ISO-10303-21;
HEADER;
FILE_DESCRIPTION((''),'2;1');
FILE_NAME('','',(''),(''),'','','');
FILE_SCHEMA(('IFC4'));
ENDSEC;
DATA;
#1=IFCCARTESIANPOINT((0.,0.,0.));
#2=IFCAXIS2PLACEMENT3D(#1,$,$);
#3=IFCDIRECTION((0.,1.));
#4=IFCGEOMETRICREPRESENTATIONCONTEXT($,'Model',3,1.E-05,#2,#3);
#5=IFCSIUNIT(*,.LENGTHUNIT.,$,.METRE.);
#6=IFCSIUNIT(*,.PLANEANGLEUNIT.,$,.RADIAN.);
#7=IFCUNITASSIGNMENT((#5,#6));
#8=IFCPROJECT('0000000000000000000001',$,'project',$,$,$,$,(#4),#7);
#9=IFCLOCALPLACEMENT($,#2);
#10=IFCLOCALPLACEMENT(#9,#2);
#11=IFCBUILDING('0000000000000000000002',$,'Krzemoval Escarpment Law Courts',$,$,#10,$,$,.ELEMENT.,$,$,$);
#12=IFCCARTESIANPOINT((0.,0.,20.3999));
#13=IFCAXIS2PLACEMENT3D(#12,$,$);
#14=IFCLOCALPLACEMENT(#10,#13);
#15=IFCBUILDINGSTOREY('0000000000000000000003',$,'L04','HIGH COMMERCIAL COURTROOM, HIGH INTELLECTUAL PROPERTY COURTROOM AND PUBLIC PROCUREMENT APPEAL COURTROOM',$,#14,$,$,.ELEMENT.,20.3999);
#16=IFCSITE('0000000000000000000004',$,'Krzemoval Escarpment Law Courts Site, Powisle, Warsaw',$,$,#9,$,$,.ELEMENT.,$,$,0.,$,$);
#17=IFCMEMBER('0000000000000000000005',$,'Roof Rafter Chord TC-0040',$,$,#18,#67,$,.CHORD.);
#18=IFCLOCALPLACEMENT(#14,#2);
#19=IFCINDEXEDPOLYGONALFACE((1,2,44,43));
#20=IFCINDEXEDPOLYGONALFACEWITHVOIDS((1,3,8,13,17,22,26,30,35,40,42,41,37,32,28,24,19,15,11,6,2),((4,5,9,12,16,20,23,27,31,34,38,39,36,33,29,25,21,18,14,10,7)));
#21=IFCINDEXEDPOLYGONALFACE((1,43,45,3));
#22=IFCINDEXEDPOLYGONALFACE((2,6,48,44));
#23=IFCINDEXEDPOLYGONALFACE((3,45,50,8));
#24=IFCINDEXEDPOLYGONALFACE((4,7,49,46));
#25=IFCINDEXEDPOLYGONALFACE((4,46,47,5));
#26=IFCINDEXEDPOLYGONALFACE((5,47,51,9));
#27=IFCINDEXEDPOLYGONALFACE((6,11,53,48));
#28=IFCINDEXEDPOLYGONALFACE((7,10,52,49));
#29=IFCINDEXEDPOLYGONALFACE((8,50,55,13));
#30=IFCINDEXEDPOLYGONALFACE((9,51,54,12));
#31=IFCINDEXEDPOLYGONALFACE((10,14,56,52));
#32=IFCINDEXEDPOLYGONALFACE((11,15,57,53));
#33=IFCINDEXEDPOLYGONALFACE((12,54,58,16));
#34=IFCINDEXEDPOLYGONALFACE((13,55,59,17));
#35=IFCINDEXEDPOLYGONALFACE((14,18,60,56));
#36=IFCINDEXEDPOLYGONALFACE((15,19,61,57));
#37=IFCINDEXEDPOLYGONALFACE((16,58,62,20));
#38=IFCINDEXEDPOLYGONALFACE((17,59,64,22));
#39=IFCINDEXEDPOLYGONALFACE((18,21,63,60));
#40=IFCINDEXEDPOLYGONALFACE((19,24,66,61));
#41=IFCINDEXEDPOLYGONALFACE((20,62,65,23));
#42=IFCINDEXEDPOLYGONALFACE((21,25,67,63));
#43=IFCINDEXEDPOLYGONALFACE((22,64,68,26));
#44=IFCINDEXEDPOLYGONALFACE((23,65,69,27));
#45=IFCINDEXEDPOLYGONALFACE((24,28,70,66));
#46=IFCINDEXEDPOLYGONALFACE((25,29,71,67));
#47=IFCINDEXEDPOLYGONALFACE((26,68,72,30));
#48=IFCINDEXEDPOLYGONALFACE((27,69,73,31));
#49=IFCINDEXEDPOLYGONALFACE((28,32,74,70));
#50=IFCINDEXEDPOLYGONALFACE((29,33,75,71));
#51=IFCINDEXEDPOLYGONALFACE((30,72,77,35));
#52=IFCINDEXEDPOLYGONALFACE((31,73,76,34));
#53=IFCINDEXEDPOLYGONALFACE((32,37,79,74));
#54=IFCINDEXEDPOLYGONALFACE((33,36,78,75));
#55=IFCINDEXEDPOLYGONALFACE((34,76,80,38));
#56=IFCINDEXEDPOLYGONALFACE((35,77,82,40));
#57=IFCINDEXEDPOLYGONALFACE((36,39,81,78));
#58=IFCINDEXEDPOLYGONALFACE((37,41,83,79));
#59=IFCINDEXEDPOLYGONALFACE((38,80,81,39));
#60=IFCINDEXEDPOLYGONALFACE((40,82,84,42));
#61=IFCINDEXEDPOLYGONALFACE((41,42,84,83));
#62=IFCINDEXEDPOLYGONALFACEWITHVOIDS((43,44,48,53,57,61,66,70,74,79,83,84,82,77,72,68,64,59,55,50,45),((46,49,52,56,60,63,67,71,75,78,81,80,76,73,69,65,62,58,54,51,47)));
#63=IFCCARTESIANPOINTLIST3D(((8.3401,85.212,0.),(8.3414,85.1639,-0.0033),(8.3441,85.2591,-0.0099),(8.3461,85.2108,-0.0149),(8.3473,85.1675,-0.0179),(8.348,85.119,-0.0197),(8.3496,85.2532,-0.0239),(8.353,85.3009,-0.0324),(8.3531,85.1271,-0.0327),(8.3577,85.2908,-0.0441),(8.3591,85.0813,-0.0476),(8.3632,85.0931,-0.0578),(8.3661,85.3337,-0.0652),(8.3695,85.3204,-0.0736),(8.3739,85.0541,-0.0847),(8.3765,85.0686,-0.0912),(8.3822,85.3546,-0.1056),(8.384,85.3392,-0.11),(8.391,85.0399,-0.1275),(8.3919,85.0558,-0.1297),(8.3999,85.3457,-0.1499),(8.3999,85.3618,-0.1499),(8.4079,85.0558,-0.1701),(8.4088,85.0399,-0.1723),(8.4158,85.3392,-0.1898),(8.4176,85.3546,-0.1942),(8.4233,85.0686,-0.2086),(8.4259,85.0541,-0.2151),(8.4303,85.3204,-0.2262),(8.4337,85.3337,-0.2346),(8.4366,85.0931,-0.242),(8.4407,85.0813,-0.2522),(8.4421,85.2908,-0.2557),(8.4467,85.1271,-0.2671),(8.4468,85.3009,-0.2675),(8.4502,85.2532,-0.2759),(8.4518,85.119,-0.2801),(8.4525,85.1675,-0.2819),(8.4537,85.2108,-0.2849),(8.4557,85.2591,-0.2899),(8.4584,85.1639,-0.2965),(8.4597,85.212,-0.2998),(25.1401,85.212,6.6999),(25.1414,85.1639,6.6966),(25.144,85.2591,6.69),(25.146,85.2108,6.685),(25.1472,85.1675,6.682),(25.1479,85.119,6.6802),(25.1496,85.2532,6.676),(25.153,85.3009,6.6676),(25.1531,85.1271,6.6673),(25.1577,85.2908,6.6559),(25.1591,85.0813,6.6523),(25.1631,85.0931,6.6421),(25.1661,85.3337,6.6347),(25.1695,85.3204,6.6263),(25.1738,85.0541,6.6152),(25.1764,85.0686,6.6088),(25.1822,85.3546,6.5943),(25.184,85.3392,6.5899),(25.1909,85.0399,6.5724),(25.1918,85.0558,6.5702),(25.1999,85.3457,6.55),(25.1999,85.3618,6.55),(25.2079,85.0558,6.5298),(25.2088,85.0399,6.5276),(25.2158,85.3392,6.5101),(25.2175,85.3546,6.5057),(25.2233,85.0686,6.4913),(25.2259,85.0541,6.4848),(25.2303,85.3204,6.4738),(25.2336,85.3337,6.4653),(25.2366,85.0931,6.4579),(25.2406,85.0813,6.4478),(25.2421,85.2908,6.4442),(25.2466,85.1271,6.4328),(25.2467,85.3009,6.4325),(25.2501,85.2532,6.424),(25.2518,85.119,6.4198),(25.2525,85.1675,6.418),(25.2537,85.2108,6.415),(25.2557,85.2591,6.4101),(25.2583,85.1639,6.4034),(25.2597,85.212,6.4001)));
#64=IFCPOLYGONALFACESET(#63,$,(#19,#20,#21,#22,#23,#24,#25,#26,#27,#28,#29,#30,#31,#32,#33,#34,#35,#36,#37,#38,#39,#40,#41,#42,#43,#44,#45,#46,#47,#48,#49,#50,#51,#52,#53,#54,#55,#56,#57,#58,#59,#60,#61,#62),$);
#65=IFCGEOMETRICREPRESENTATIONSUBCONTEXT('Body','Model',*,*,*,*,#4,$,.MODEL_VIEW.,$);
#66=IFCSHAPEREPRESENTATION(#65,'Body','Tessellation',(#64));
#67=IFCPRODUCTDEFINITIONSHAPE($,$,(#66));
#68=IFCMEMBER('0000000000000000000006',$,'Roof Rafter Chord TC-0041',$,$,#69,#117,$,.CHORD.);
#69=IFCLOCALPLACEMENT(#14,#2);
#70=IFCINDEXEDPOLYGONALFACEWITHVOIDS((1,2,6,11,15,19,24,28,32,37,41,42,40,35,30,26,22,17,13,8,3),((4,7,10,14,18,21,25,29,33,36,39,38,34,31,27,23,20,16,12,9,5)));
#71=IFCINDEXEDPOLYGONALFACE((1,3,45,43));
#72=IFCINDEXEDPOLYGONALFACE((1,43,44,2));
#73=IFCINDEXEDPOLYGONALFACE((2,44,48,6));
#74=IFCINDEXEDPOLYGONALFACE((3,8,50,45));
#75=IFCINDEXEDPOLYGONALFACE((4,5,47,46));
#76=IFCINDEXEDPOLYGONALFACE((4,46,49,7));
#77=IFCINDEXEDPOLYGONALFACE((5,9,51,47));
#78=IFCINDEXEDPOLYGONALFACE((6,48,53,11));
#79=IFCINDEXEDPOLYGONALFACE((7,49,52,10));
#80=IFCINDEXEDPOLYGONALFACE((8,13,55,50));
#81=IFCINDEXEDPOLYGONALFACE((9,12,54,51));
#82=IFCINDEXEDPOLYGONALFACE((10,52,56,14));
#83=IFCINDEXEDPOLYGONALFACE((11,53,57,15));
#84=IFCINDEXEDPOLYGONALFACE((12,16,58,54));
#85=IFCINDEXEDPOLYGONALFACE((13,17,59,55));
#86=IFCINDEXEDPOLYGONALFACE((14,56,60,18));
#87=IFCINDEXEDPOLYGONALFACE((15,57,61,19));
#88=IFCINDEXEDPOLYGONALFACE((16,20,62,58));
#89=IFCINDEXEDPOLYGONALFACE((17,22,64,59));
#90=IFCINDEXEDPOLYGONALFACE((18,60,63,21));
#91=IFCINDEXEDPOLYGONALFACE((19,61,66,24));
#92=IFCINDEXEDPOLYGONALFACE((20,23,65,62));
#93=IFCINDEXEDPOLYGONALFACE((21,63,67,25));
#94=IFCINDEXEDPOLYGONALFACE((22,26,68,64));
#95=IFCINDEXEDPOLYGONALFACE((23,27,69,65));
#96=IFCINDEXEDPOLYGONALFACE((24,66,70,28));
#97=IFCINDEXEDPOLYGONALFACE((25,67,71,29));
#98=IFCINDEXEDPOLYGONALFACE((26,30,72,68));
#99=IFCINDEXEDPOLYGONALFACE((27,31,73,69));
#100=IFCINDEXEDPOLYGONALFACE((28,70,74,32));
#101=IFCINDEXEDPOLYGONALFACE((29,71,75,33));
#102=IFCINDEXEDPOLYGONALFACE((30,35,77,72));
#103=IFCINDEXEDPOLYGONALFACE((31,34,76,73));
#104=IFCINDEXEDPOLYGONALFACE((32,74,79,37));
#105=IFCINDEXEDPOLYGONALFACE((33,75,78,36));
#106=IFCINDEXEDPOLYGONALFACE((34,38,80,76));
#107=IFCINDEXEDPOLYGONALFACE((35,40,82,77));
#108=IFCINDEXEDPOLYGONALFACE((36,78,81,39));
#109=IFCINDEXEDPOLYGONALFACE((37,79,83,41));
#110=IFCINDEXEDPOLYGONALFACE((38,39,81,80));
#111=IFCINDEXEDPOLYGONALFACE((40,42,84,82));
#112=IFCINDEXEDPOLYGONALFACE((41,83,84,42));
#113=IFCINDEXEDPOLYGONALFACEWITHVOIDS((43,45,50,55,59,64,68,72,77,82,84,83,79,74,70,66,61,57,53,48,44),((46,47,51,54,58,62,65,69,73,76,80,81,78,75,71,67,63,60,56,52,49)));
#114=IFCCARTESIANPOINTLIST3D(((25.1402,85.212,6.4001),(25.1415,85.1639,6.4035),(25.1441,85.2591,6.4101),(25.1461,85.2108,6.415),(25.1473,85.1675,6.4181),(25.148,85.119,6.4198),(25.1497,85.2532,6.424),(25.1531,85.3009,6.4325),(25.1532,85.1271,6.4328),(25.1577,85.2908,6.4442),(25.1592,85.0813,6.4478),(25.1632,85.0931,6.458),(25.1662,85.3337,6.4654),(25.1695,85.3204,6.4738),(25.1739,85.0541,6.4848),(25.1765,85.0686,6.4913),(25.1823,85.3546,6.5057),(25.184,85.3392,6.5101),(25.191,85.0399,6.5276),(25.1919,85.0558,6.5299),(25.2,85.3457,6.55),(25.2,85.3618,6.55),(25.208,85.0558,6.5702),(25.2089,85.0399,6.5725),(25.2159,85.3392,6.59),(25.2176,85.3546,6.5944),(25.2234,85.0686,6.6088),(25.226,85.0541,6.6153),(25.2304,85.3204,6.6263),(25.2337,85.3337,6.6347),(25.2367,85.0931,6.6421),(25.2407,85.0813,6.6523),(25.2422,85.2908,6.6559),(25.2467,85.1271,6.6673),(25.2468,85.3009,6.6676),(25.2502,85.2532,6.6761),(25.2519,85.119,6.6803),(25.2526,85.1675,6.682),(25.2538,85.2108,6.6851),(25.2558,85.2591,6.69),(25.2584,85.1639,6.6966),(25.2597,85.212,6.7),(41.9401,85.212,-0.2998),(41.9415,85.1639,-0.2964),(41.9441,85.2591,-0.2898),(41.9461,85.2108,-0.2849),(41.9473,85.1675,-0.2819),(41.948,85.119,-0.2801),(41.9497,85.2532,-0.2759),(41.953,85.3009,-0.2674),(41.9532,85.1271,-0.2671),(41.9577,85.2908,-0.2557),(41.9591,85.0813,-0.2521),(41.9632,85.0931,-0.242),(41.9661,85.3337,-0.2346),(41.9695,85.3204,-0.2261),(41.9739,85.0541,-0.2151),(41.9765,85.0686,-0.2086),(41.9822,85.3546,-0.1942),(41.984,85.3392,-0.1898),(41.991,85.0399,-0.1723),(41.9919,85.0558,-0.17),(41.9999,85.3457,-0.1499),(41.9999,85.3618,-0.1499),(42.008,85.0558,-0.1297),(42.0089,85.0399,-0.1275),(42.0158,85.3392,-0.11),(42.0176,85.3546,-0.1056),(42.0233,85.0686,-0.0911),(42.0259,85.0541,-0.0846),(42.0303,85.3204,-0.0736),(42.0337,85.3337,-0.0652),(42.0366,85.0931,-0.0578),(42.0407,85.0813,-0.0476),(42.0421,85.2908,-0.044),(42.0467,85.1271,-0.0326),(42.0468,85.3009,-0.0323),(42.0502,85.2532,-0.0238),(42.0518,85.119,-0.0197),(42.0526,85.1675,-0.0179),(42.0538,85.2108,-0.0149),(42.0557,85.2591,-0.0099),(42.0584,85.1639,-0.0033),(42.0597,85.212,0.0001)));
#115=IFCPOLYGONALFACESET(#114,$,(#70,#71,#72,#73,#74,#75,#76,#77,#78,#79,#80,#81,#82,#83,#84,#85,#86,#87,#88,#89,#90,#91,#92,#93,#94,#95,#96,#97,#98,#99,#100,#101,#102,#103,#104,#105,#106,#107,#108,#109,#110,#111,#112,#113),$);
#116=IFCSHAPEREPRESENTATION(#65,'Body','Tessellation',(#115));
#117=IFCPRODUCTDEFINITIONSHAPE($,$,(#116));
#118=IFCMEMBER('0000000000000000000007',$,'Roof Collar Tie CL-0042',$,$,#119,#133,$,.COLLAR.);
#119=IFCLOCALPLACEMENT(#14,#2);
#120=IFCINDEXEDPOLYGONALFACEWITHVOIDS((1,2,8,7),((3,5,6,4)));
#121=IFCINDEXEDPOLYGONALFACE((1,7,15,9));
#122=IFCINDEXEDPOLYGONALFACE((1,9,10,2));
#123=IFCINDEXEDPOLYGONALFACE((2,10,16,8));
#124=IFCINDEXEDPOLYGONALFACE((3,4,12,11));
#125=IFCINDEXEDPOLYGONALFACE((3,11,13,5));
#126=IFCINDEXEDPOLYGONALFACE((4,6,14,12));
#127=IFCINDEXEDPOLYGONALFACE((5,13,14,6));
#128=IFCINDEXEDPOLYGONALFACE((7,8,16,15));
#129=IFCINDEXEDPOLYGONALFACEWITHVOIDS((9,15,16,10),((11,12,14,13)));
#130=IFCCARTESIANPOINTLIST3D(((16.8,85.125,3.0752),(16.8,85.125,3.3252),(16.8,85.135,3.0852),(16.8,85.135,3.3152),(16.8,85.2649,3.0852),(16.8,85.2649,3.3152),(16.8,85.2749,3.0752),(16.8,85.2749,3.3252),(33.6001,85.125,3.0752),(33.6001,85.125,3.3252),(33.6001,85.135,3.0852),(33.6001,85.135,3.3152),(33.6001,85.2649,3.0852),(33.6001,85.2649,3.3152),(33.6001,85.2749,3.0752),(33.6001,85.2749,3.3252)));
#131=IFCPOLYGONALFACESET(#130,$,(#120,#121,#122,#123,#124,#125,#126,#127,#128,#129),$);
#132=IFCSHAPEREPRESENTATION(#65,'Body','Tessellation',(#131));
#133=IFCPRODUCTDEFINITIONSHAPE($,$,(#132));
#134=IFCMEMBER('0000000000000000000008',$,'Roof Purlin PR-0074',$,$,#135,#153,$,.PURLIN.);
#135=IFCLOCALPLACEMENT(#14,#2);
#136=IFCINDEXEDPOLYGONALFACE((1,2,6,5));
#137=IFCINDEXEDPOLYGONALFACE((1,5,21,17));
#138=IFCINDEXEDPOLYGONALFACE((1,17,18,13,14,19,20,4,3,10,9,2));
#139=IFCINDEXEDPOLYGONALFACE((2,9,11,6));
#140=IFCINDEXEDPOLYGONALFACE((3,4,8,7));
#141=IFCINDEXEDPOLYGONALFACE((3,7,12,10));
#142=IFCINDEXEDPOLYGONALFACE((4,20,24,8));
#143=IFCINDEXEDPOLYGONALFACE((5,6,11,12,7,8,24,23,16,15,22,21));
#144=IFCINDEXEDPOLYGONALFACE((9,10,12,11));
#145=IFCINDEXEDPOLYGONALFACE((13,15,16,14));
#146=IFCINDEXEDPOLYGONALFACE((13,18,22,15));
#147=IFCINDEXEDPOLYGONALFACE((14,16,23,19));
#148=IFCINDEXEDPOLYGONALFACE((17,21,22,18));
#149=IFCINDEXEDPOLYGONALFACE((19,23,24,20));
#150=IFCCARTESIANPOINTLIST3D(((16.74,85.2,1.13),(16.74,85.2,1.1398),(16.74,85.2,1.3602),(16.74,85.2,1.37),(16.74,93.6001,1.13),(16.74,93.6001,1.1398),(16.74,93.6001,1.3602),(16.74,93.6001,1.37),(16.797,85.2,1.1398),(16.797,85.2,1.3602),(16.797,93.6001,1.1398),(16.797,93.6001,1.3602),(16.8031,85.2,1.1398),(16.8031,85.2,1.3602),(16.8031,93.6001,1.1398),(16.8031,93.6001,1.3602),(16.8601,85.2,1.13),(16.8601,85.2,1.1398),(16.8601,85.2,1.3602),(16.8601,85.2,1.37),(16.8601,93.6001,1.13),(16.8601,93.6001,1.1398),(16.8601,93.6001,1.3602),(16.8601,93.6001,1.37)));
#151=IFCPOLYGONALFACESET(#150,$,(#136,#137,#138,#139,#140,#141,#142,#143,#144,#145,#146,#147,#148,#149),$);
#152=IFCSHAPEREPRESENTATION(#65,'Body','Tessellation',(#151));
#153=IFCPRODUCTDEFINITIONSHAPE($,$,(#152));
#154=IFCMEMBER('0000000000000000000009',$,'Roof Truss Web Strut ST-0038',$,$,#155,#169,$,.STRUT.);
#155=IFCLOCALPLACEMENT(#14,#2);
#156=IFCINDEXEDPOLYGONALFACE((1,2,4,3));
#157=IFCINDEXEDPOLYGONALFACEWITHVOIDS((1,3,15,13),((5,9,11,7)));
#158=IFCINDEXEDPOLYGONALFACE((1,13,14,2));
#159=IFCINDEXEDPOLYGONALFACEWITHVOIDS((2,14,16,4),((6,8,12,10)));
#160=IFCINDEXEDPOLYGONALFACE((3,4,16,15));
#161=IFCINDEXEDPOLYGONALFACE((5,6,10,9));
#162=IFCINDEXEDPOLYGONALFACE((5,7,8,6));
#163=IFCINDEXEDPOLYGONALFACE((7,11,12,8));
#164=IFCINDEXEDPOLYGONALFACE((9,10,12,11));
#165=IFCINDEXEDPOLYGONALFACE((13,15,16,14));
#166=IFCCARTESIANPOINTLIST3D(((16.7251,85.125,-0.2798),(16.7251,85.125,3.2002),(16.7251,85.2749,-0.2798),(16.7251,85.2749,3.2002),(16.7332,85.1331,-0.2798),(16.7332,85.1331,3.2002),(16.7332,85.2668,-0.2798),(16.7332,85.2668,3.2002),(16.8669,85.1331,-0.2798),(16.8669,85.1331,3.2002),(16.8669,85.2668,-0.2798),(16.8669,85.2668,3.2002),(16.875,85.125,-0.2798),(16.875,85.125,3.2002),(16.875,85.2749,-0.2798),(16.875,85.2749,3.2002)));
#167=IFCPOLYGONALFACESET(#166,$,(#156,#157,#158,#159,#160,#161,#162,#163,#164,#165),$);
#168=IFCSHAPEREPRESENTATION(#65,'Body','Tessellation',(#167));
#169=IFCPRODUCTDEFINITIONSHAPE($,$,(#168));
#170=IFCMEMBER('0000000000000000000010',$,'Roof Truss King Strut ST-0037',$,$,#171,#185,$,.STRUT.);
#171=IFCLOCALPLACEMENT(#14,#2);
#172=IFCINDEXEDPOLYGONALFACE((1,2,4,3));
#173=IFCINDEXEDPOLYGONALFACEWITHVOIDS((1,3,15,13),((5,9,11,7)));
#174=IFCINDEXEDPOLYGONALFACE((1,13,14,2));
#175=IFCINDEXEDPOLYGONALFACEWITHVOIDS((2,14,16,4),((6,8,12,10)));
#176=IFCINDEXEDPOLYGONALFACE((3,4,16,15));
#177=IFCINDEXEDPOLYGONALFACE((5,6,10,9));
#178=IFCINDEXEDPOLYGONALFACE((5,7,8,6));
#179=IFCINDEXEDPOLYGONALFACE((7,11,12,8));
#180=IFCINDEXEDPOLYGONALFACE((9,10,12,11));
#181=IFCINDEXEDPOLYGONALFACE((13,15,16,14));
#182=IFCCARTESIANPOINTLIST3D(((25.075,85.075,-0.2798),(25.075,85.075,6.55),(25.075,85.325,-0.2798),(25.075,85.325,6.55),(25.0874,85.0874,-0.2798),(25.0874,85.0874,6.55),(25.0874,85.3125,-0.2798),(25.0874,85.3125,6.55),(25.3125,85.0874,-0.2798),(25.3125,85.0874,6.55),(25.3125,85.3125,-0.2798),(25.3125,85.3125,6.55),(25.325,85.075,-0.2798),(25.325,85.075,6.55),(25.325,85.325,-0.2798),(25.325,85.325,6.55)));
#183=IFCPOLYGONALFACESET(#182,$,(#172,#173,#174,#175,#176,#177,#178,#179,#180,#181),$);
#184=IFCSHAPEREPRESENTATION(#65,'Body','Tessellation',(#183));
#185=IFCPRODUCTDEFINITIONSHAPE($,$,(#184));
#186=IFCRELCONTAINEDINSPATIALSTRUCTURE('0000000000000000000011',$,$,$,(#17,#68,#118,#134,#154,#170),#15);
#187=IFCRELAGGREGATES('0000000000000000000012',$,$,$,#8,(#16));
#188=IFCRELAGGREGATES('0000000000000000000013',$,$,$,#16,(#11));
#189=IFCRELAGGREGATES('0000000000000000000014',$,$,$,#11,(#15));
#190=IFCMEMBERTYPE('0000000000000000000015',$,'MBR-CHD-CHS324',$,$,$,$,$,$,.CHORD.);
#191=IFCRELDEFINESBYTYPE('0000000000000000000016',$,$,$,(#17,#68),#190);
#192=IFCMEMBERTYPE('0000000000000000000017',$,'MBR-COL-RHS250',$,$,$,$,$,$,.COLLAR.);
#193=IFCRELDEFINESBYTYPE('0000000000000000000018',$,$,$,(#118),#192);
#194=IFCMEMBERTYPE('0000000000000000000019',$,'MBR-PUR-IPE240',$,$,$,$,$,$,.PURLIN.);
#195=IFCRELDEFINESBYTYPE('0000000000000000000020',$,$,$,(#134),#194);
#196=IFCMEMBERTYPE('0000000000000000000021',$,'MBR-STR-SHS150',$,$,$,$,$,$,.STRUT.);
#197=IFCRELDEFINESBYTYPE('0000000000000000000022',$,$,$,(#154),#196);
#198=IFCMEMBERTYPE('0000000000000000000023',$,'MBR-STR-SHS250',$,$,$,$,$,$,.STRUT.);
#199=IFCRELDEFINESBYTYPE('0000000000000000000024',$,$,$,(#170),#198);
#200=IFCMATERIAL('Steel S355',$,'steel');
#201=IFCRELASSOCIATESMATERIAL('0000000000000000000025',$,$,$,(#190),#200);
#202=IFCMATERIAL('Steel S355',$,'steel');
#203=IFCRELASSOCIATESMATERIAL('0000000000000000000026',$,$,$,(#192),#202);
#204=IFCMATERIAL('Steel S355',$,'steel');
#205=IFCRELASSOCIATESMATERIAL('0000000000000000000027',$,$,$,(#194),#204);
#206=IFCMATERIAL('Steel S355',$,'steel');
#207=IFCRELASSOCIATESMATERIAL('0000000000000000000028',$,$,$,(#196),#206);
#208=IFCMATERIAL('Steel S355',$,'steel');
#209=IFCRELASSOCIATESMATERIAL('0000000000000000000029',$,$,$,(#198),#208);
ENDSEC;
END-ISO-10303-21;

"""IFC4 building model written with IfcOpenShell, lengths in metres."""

from ifc_helpers import new_model, si_unit, direction, frame, origin, origin_2d, place, context, subcontext, project, spatial, hollow_rectangle, hollow_circle, i_section, extrude, material, material_profile, profile_set, type_object, element, save


model = new_model("IFC4")

# Units and contexts
model_context = context("Model", 3, precision=1e-05, world=origin(), true_north=direction((0.0, 1.0)))
body_context = subcontext(model_context, "Body", "Model", "MODEL_VIEW")
ifc_project = project(units=[si_unit("LENGTHUNIT", "METRE"), si_unit("PLANEANGLEUNIT", "RADIAN")], contexts=[model_context])

# Site, building, storey
site_placement = place(None, origin())
site = spatial("IfcSite", under=ifc_project, at=site_placement, Name="Krzemoval Escarpment Law Courts Site, Powisle, Warsaw", CompositionType="ELEMENT", RefElevation=0.0)
building_placement = place(site_placement, origin())
building = spatial("IfcBuilding", under=site, at=building_placement, Name="Krzemoval Escarpment Law Courts", CompositionType="ELEMENT")
storey_placement = place(building_placement, frame((0.0, 0.0, 20.3999)))
storey = spatial("IfcBuildingStorey", under=building, at=storey_placement, Name="L04", Description="HIGH COMMERCIAL COURTROOM, HIGH INTELLECTUAL PROPERTY COURTROOM AND PUBLIC PROCUREMENT APPEAL COURTROOM", CompositionType="ELEMENT", Elevation=20.3999)

# Members
ifc_material_1 = material(Name="Steel S355", Category="steel")
ifc_material_profile_1 = material_profile(ifc_material_1, hollow_circle(Radius=0.1619, WallThickness=0.0161, at=origin_2d()), Name="CHS 323.9x16")
ifc_profile_set_1 = profile_set([ifc_material_profile_1], Name="Steel S355")
member_type_1 = type_object("IfcMemberType", Name="MBR-CHD-CHS324", PredefinedType="CHORD", material=ifc_profile_set_1)
for number, where, z_axis, x_axis, name in (
    (1, (8.3999, 85.2, -0.1499), (0.928859, 0.0, 0.370434), (0.0, 1.0, 0.0), "Roof Rafter Chord TC-0040"),
    (2, (25.2, 85.2, 6.55), (0.928859, 0.0, -0.370434), (0.0, 1.0, 0.0), "Roof Rafter Chord TC-0041"),
):
    element("IfcMember", number, at=place(storey_placement, frame(where, z_axis=z_axis, x_axis=x_axis)), inside=storey, type_object=member_type_1, Name=name, PredefinedType="CHORD", context=body_context, shape_type="SweptSolid", body=[
        extrude(hollow_circle(Radius=0.1619, WallThickness=0.0161, at=origin_2d()), origin(), (0.0, 0.0, 1.0), 18.0867),
    ])
ifc_material_2 = material(Name="Steel S355", Category="steel")
ifc_material_profile_2 = material_profile(ifc_material_2, hollow_rectangle(XDim=0.1499, YDim=0.25, WallThickness=0.01, at=origin_2d()), Name="RHS 250x150x10")
ifc_profile_set_2 = profile_set([ifc_material_profile_2], Name="Steel S355")
member_type_2 = type_object("IfcMemberType", Name="MBR-COL-RHS250", PredefinedType="COLLAR", material=ifc_profile_set_2)
member_1_placement = place(storey_placement, frame((16.8, 85.2, 3.2002), z_axis=(1.0, 0.0, 0.0), x_axis=(0.0, 1.0, 0.0)))
element("IfcMember", 3, at=member_1_placement, inside=storey, type_object=member_type_2, Name="Roof Collar Tie CL-0042", PredefinedType="COLLAR", context=body_context, shape_type="SweptSolid", body=[
    extrude(hollow_rectangle(XDim=0.1499, YDim=0.25, WallThickness=0.01, at=origin_2d()), origin(), (0.0, 0.0, 1.0), 16.8),
])
ifc_material_3 = material(Name="Steel S355", Category="steel")
ifc_material_profile_3 = material_profile(ifc_material_3, i_section(OverallWidth=0.1201, OverallDepth=0.24, WebThickness=0.0061, FlangeThickness=0.0098, at=origin_2d()), Name="IPE 240")
ifc_profile_set_3 = profile_set([ifc_material_profile_3], Name="Steel S355")
member_type_3 = type_object("IfcMemberType", Name="MBR-PUR-IPE240", PredefinedType="PURLIN", material=ifc_profile_set_3)
member_2_placement = place(storey_placement, frame((16.8, 85.2, 1.25), z_axis=(0.0, 1.0, 0.0), x_axis=(-1.0, 0.0, 0.0)))
element("IfcMember", 4, at=member_2_placement, inside=storey, type_object=member_type_3, Name="Roof Purlin PR-0074", PredefinedType="PURLIN", context=body_context, shape_type="SweptSolid", body=[
    extrude(i_section(OverallWidth=0.1201, OverallDepth=0.24, WebThickness=0.0061, FlangeThickness=0.0098, at=origin_2d()), origin(), (0.0, 0.0, 1.0), 8.4001),
])
ifc_material_4 = material(Name="Steel S355", Category="steel")
ifc_material_profile_4 = material_profile(ifc_material_4, hollow_rectangle(XDim=0.1499, YDim=0.1499, WallThickness=0.0081, at=origin_2d()), Name="SHS 150x150x8")
ifc_profile_set_4 = profile_set([ifc_material_profile_4], Name="Steel S355")
member_type_4 = type_object("IfcMemberType", Name="MBR-STR-SHS150", PredefinedType="STRUT", material=ifc_profile_set_4)
member_3_placement = place(storey_placement, frame((16.8, 85.2, -0.2798), z_axis=(0.0, 0.0, 1.0), x_axis=(1.0, 0.0, 0.0)))
element("IfcMember", 5, at=member_3_placement, inside=storey, type_object=member_type_4, Name="Roof Truss Web Strut ST-0038", PredefinedType="STRUT", context=body_context, shape_type="SweptSolid", body=[
    extrude(hollow_rectangle(XDim=0.1499, YDim=0.1499, WallThickness=0.0081, at=origin_2d()), origin(), (0.0, 0.0, 1.0), 3.48),
])
ifc_material_5 = material(Name="Steel S355", Category="steel")
ifc_material_profile_5 = material_profile(ifc_material_5, hollow_rectangle(XDim=0.25, YDim=0.25, WallThickness=0.0125, at=origin_2d()), Name="SHS 250x250x12.5")
ifc_profile_set_5 = profile_set([ifc_material_profile_5], Name="Steel S355")
member_type_5 = type_object("IfcMemberType", Name="MBR-STR-SHS250", PredefinedType="STRUT", material=ifc_profile_set_5)
member_4_placement = place(storey_placement, frame((25.2, 85.2, -0.2798), z_axis=(0.0, 0.0, 1.0), x_axis=(1.0, 0.0, 0.0)))
element("IfcMember", 6, at=member_4_placement, inside=storey, type_object=member_type_5, Name="Roof Truss King Strut ST-0037", PredefinedType="STRUT", context=body_context, shape_type="SweptSolid", body=[
    extrude(hollow_rectangle(XDim=0.25, YDim=0.25, WallThickness=0.0125, at=origin_2d()), origin(), (0.0, 0.0, 1.0), 6.8298),
])

save(model, "model.ifc")
